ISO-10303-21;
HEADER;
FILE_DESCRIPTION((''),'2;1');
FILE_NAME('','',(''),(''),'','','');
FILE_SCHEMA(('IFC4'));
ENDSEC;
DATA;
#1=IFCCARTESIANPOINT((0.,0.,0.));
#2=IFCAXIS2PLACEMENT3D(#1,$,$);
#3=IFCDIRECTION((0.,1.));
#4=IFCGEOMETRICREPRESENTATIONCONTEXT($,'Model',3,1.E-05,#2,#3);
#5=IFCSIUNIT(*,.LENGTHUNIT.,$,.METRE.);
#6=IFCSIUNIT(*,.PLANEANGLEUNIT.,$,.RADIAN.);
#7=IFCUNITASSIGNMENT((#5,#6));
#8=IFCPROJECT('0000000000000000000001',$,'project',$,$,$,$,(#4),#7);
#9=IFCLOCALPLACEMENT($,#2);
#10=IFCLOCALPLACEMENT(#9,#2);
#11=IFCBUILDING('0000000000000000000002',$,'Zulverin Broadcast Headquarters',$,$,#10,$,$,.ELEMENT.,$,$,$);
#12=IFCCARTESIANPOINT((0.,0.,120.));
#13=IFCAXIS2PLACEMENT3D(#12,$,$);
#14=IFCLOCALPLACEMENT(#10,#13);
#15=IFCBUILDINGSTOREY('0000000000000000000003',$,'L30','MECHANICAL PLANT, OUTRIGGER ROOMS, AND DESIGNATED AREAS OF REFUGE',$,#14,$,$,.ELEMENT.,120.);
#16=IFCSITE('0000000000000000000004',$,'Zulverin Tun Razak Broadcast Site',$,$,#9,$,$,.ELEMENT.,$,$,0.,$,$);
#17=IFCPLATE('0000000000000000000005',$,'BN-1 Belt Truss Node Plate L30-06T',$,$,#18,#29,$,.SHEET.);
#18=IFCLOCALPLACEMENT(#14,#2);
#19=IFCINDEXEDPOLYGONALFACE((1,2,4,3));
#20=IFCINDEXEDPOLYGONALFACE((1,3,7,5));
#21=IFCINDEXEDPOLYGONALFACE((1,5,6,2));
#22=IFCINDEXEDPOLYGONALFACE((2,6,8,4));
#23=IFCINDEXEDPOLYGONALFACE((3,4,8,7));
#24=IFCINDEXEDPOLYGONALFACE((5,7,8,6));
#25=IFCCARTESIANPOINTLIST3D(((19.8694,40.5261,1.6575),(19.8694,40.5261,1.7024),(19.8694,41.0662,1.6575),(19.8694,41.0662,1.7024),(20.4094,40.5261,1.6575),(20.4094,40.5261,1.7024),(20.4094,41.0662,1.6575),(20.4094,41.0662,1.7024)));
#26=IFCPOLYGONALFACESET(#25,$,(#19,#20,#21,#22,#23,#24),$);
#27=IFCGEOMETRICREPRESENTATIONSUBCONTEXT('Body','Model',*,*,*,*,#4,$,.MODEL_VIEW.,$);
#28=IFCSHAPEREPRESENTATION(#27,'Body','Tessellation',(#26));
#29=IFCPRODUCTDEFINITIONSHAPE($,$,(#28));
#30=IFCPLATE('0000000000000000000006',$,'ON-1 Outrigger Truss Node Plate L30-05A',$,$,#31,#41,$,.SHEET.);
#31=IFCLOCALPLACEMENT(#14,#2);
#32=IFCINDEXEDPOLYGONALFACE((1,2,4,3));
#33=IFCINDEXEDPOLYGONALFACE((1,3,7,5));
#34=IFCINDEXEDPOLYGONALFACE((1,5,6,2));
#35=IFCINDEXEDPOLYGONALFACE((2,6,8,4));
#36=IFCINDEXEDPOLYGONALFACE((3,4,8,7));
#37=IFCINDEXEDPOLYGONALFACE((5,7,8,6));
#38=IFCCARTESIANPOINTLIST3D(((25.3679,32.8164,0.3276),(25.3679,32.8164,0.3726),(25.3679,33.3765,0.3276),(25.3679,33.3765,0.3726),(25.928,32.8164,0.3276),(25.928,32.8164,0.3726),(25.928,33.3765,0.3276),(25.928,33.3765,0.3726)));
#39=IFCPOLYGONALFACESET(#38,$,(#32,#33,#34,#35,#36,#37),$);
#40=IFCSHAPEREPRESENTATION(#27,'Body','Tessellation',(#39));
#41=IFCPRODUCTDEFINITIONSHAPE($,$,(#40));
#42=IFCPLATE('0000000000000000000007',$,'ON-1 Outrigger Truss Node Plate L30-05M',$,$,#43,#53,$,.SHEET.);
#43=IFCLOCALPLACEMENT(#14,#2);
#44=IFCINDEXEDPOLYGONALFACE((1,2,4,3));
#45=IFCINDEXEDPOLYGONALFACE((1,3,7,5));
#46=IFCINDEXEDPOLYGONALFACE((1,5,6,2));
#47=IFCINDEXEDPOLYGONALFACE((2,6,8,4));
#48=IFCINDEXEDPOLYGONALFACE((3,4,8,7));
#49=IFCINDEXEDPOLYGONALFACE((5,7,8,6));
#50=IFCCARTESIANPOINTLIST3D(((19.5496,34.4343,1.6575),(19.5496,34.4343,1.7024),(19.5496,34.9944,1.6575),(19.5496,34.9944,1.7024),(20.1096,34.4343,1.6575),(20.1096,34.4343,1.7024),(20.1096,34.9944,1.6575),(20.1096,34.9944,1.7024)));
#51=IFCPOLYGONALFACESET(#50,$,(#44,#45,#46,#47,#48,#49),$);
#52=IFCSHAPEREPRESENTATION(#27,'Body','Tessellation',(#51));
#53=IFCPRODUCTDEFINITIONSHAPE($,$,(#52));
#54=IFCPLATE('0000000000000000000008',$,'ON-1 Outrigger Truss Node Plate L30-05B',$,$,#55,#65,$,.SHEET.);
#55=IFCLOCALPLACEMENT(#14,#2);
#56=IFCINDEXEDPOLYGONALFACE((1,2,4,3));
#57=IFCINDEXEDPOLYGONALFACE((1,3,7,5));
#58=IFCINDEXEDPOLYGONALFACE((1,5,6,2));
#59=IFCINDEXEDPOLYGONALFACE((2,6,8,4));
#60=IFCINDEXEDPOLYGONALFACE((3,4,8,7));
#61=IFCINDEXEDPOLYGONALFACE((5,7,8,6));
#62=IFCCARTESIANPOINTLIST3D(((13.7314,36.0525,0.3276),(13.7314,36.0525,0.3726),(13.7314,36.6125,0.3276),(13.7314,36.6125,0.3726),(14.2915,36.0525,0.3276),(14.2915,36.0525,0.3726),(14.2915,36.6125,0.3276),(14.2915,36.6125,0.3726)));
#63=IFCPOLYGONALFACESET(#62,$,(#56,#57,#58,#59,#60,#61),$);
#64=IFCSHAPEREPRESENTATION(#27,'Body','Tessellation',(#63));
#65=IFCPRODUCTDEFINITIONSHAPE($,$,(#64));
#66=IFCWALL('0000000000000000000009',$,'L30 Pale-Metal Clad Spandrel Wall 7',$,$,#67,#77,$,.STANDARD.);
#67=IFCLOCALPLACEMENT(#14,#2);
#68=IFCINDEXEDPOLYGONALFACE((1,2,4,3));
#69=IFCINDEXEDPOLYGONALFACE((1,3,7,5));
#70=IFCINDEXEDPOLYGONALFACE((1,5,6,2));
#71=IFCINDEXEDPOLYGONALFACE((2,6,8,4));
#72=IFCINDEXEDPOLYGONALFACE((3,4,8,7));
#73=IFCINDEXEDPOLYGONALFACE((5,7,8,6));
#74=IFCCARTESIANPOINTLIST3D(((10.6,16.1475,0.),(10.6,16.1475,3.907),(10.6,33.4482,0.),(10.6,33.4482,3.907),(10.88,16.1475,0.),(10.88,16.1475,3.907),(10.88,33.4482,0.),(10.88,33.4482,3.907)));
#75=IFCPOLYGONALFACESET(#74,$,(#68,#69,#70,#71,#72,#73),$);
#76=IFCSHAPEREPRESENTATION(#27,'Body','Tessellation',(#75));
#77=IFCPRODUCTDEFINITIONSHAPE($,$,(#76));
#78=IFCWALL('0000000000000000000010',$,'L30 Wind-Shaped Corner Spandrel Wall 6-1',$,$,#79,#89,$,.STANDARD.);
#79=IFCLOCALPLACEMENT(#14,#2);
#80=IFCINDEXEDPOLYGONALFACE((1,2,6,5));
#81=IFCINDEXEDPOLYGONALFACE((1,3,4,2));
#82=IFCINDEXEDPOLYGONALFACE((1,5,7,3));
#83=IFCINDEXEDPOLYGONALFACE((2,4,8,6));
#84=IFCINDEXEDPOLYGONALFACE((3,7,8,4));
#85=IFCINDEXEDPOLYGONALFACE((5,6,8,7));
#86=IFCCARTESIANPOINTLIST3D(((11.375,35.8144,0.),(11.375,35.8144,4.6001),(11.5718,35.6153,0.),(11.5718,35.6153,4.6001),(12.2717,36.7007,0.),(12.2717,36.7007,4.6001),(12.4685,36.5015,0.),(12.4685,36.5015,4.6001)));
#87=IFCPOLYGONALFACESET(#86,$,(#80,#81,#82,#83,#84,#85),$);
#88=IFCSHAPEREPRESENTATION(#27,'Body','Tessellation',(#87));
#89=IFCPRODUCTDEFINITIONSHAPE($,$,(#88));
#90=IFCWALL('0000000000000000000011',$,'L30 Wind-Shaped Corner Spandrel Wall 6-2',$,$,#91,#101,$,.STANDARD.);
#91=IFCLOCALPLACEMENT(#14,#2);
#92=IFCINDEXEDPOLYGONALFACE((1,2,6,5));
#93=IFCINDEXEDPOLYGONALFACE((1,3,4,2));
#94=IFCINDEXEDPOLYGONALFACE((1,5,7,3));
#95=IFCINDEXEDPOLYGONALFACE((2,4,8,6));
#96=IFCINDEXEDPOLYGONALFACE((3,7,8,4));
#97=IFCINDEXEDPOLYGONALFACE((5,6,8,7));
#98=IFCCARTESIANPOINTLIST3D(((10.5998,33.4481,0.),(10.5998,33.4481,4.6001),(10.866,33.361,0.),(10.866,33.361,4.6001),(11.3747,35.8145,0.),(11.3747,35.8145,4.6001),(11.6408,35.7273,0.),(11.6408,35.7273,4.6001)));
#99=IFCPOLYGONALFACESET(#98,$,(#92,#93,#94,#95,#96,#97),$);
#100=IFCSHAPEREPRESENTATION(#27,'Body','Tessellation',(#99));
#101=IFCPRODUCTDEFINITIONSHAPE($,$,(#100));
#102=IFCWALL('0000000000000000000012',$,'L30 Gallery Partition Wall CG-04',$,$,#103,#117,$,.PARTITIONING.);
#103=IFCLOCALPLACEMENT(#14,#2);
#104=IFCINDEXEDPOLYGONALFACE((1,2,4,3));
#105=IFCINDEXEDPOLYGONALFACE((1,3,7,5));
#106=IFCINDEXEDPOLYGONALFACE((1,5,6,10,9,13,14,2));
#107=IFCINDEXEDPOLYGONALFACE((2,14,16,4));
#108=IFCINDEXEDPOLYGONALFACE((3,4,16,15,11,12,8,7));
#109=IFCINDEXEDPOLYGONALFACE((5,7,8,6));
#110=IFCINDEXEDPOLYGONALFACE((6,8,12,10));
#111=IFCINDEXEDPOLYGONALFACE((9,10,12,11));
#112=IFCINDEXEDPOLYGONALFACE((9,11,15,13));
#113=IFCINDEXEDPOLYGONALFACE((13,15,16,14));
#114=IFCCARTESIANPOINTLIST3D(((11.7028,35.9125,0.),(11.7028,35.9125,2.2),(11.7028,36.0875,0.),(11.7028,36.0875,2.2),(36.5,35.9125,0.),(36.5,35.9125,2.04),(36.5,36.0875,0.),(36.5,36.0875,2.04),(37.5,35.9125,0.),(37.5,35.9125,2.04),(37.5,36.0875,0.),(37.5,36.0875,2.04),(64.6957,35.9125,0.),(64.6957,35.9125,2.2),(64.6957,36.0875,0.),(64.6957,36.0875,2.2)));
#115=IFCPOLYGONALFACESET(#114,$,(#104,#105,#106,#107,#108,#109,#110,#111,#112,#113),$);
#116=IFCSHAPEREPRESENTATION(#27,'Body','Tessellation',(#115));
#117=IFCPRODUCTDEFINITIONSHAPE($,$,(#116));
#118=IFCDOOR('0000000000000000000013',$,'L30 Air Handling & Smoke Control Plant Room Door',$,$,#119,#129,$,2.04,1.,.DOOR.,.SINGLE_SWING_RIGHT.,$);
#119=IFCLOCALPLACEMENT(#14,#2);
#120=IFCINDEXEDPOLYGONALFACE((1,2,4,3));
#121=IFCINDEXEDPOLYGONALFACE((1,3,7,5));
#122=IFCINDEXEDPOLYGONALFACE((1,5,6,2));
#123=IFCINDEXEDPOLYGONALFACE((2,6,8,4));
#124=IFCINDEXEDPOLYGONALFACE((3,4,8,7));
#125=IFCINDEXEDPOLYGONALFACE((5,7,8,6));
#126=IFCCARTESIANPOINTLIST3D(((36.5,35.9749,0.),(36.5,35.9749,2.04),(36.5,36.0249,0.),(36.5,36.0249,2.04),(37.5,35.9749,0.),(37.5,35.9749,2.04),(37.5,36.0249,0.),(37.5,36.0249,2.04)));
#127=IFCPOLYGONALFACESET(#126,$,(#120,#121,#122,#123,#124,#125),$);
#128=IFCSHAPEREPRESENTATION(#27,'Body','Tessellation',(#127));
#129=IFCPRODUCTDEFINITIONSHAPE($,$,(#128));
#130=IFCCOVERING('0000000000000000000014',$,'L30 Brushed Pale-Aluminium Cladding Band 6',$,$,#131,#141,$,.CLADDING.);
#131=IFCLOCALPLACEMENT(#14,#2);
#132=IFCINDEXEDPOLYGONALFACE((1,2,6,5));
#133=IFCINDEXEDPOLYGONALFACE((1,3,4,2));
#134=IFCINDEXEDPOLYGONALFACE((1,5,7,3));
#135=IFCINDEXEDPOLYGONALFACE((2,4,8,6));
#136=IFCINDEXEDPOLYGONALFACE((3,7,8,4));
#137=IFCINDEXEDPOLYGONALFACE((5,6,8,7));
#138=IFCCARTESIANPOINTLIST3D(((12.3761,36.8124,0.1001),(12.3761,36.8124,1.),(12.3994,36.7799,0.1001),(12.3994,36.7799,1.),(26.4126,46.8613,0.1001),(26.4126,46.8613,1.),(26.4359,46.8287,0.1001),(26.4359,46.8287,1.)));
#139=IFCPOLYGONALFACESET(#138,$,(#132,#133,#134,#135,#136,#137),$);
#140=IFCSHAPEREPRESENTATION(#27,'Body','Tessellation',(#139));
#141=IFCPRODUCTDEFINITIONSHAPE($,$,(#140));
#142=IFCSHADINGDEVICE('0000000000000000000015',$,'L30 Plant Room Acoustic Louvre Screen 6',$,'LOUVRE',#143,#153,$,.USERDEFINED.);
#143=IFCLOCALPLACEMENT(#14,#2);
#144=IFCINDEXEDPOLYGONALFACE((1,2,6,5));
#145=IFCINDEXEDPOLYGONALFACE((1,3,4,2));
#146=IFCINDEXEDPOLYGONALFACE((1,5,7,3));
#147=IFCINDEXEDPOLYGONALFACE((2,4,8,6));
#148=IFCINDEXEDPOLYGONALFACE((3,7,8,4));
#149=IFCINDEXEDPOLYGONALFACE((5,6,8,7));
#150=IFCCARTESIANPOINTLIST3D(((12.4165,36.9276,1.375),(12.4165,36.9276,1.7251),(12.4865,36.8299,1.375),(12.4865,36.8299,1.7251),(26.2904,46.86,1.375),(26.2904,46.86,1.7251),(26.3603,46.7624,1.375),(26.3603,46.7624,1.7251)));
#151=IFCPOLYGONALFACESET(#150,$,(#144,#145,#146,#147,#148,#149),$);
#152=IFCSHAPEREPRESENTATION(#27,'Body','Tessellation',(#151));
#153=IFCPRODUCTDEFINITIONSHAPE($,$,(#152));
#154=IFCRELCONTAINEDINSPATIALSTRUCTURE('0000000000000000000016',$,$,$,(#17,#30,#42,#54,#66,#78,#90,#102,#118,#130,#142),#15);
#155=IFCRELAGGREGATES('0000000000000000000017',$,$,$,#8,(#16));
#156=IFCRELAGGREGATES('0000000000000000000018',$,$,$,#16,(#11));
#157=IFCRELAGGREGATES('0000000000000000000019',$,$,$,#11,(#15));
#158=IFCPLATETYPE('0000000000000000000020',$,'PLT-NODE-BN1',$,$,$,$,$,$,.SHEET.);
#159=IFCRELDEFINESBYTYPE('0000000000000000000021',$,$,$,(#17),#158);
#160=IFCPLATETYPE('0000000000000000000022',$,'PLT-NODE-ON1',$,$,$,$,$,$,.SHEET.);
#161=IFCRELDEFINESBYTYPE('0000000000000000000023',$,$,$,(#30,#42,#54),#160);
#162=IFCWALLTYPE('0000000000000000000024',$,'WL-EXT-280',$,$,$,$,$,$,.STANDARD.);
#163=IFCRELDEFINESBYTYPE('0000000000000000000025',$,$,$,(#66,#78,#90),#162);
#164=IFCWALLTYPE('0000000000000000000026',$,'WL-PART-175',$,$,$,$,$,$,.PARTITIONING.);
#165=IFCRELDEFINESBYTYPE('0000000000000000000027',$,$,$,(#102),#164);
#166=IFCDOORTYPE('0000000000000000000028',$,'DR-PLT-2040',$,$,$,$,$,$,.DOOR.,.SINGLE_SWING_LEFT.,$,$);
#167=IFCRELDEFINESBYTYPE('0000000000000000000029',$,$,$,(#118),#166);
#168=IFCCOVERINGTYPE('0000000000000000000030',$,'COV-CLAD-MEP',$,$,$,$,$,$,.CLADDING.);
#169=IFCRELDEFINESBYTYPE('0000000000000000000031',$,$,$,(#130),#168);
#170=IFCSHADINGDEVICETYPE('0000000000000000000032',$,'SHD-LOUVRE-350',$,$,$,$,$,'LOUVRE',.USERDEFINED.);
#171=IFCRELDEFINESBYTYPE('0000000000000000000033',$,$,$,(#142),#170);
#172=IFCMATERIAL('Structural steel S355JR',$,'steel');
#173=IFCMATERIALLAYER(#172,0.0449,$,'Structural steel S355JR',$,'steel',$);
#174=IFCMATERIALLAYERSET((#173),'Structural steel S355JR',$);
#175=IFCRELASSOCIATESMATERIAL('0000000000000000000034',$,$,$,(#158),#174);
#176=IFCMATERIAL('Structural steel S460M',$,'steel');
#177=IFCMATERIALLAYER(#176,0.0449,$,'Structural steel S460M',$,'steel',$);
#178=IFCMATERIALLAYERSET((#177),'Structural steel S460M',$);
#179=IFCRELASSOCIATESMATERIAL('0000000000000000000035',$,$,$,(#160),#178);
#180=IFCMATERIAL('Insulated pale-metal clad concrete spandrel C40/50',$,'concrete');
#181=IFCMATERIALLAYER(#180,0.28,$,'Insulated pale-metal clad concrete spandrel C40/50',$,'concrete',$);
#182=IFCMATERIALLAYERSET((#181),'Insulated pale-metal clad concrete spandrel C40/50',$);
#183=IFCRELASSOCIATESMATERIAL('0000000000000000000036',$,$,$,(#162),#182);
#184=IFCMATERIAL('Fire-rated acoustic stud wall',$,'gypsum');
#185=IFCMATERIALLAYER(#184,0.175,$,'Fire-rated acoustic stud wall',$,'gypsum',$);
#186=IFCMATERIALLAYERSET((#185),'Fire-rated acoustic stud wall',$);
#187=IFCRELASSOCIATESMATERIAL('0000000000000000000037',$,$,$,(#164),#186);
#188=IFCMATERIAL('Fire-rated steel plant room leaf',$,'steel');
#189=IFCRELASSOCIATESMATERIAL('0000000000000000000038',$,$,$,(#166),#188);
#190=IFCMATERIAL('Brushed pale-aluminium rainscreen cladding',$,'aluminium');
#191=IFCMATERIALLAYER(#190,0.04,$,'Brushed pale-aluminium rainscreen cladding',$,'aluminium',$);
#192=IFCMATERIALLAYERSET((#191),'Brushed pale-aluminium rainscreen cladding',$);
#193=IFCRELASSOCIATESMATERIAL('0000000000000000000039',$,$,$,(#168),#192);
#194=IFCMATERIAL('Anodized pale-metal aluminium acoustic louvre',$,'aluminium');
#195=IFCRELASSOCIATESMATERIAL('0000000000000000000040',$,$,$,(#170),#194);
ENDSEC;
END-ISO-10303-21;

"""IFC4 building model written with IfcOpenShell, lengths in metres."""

from ifc_helpers import new_model, si_unit, direction, frame, frame_2d, origin, origin_2d, place, context, subcontext, project, spatial, rectangle, extrude, material, layer, layer_set, type_object, element, fill, save


model = new_model("IFC4")

# Units and contexts
model_context = context("Model", 3, precision=1e-05, world=origin(), true_north=direction((0.0, 1.0)))
body_context = subcontext(model_context, "Body", "Model", "MODEL_VIEW")
ifc_project = project(units=[si_unit("LENGTHUNIT", "METRE"), si_unit("PLANEANGLEUNIT", "RADIAN")], contexts=[model_context])

# Site, building, storey
site_placement = place(None, origin())
site = spatial("IfcSite", under=ifc_project, at=site_placement, Name="Zulverin Tun Razak Broadcast Site", CompositionType="ELEMENT", RefElevation=0.0)
building_placement = place(site_placement, origin())
building = spatial("IfcBuilding", under=site, at=building_placement, Name="Zulverin Broadcast Headquarters", CompositionType="ELEMENT")
storey_placement = place(building_placement, frame((0.0, 0.0, 120.0)))
storey = spatial("IfcBuildingStorey", under=building, at=storey_placement, Name="L30", Description="MECHANICAL PLANT, OUTRIGGER ROOMS, AND DESIGNATED AREAS OF REFUGE", CompositionType="ELEMENT", Elevation=120.0)

# Shared definitions
ifc_material_1 = material(Name="Structural steel S355JR", Category="steel")
ifc_material_2 = material(Name="Structural steel S460M", Category="steel")

# Plates
ifc_layer_1 = layer(ifc_material_1, 0.0449, Name="Structural steel S355JR", Category="steel")
ifc_layer_set_1 = layer_set([ifc_layer_1], Name="Structural steel S355JR")
plate_type_1 = type_object("IfcPlateType", Name="PLT-NODE-BN1", PredefinedType="SHEET", material=ifc_layer_set_1)
for number, where, z_axis, x_axis, name in (
    (1, (20.1394, 40.7961, 1.6575), (0.0, 0.0, 1.0), (1.0, 0.0, 0.0), "BN-1 Belt Truss Node Plate L30-06T"),
):
    element("IfcPlate", number, at=place(storey_placement, frame(where, z_axis=z_axis, x_axis=x_axis)), inside=storey, type_object=plate_type_1, Name=name, PredefinedType="SHEET", context=body_context, shape_type="SweptSolid", body=[
        extrude(rectangle(XDim=0.54, YDim=0.54, at=origin_2d()), origin(), (0.0, 0.0, 1.0), 0.0449),
    ])
ifc_layer_2 = layer(ifc_material_2, 0.0449, Name="Structural steel S460M", Category="steel")
ifc_layer_set_2 = layer_set([ifc_layer_2], Name="Structural steel S460M")
plate_type_2 = type_object("IfcPlateType", Name="PLT-NODE-ON1", PredefinedType="SHEET", material=ifc_layer_set_2)
for number, where, z_axis, x_axis, name in (
    (2, (25.6479, 33.0964, 0.3276), (0.0, 0.0, 1.0), (1.0, 0.0, 0.0), "ON-1 Outrigger Truss Node Plate L30-05A"),
    (3, (19.8296, 34.7144, 1.6575), (0.0, 0.0, 1.0), (1.0, 0.0, 0.0), "ON-1 Outrigger Truss Node Plate L30-05M"),
    (4, (14.0115, 36.3325, 0.3276), (0.0, 0.0, 1.0), (1.0, 0.0, 0.0), "ON-1 Outrigger Truss Node Plate L30-05B"),
):
    element("IfcPlate", number, at=place(storey_placement, frame(where, z_axis=z_axis, x_axis=x_axis)), inside=storey, type_object=plate_type_2, Name=name, PredefinedType="SHEET", context=body_context, shape_type="SweptSolid", body=[
        extrude(rectangle(XDim=0.5601, YDim=0.5601, at=origin_2d()), origin(), (0.0, 0.0, 1.0), 0.0449),
    ])

# Walls
ifc_material_3 = material(Name="Insulated pale-metal clad concrete spandrel C40/50", Category="concrete")
ifc_layer_3 = layer(ifc_material_3, 0.28, Name="Insulated pale-metal clad concrete spandrel C40/50", Category="concrete")
ifc_layer_set_3 = layer_set([ifc_layer_3], Name="Insulated pale-metal clad concrete spandrel C40/50")
wall_type_1 = type_object("IfcWallType", Name="WL-EXT-280", PredefinedType="STANDARD", material=ifc_layer_set_3)
wall_1_placement = place(storey_placement, frame((10.74, 33.4482, 0.0), z_axis=(0.0, 0.0, 1.0), x_axis=(0.0, -1.0, 0.0)))
element("IfcWall", 5, at=wall_1_placement, inside=storey, type_object=wall_type_1, Name="L30 Pale-Metal Clad Spandrel Wall 7", PredefinedType="STANDARD", context=body_context, shape_type="SweptSolid", body=[
    extrude(rectangle(XDim=17.3008, YDim=0.28, at=frame_2d((8.6504, 0.0))), origin(), (0.0, 0.0, 1.0), 3.907),
])
wall_2_placement = place(storey_placement, frame((12.3701, 36.6011, 0.0), z_axis=(0.0, 0.0, 1.0), x_axis=(-0.711258, -0.702931, 0.0)))
element("IfcWall", 6, at=wall_2_placement, inside=storey, type_object=wall_type_1, Name="L30 Wind-Shaped Corner Spandrel Wall 6-1", PredefinedType="STANDARD", context=body_context, shape_type="SweptSolid", body=[
    extrude(rectangle(XDim=1.2607, YDim=0.28, at=frame_2d((0.6304, 0.0))), origin(), (0.0, 0.0, 1.0), 4.6001),
])
wall_3_placement = place(storey_placement, frame((11.5078, 35.771, 0.0), z_axis=(0.0, 0.0, 1.0), x_axis=(-0.311194, -0.950347, 0.0)))
element("IfcWall", 7, at=wall_3_placement, inside=storey, type_object=wall_type_1, Name="L30 Wind-Shaped Corner Spandrel Wall 6-2", PredefinedType="STANDARD", context=body_context, shape_type="SweptSolid", body=[
    extrude(rectangle(XDim=2.49, YDim=0.28, at=frame_2d((1.2451, 0.0))), origin(), (0.0, 0.0, 1.0), 4.6001),
])

# Wall, opening, door
ifc_material_4 = material(Name="Fire-rated acoustic stud wall", Category="gypsum")
ifc_layer_4 = layer(ifc_material_4, 0.175, Name="Fire-rated acoustic stud wall", Category="gypsum")
ifc_layer_set_4 = layer_set([ifc_layer_4], Name="Fire-rated acoustic stud wall")
wall_type_2 = type_object("IfcWallType", Name="WL-PART-175", PredefinedType="PARTITIONING", material=ifc_layer_set_4)
wall_4_placement = place(storey_placement, frame((11.7026, 36.0, 0.0), z_axis=(0.0, 0.0, 1.0), x_axis=(1.0, 0.0, 0.0)))
wall_4 = element("IfcWall", 8, at=wall_4_placement, inside=storey, type_object=wall_type_2, Name="L30 Gallery Partition Wall CG-04", PredefinedType="PARTITIONING", context=body_context, shape_type="SweptSolid", body=[
    extrude(rectangle(XDim=52.9929, YDim=0.175, at=frame_2d((26.4966, 0.0))), origin(), (0.0, 0.0, 1.0), 2.2),
])
opening_placement = place(wall_4_placement, frame((24.7974, 0.0, 0.0)))
opening = element("IfcOpeningElement", 9, at=opening_placement, cuts=wall_4, PredefinedType="OPENING", context=body_context, shape_type="SweptSolid", body=[
    extrude(rectangle(XDim=1.0, YDim=2.04, at=frame_2d((0.5, 1.02))), frame((0.0, 0.0974, 0.0), z_axis=(0.0, -1.0, 0.0), x_axis=(1.0, 0.0, 0.0)), (0.0, 0.0, 1.0), 0.1951),
])
ifc_material_5 = material(Name="Fire-rated steel plant room leaf", Category="steel")
door_type = type_object("IfcDoorType", Name="DR-PLT-2040", OperationType="SINGLE_SWING_LEFT", PredefinedType="DOOR", material=ifc_material_5)
door_placement = place(opening_placement, origin())
door = element("IfcDoor", 10, at=door_placement, inside=storey, type_object=door_type, Name="L30 Air Handling & Smoke Control Plant Room Door", OperationType="SINGLE_SWING_RIGHT", OverallHeight=2.04, OverallWidth=1.0, PredefinedType="DOOR", context=body_context, shape_type="SweptSolid", body=[
    extrude(rectangle(XDim=1.0, YDim=2.04, at=frame_2d((0.5, 1.02))), frame((0.0, 0.0249, 0.0), z_axis=(0.0, -1.0, 0.0), x_axis=(1.0, 0.0, 0.0)), (0.0, 0.0, 1.0), 0.05),
])
fill(opening, door)

# Covering
ifc_material_6 = material(Name="Brushed pale-aluminium rainscreen cladding", Category="aluminium")
ifc_layer_5 = layer(ifc_material_6, 0.04, Name="Brushed pale-aluminium rainscreen cladding", Category="aluminium")
ifc_layer_set_5 = layer_set([ifc_layer_5], Name="Brushed pale-aluminium rainscreen cladding")
covering_type = type_object("IfcCoveringType", Name="COV-CLAD-MEP", PredefinedType="CLADDING", material=ifc_layer_set_5)
covering_placement = place(storey_placement, frame((19.406, 41.8206, 0.1001), z_axis=(0.0, 0.0, 1.0), x_axis=(-0.813108, -0.582113, 0.0)))
element("IfcCovering", 11, at=covering_placement, inside=storey, type_object=covering_type, Name="L30 Brushed Pale-Aluminium Cladding Band 6", PredefinedType="CLADDING", context=body_context, shape_type="SweptSolid", body=[
    extrude(rectangle(XDim=17.2627, YDim=0.04, at=origin_2d()), origin(), (0.0, 0.0, 1.0), 0.8999),
])

# Shading device
ifc_material_7 = material(Name="Anodized pale-metal aluminium acoustic louvre", Category="aluminium")
shading_device_type = type_object("IfcShadingDeviceType", Name="SHD-LOUVRE-350", ElementType="LOUVRE", PredefinedType="USERDEFINED", material=ifc_material_7)
shading_device_placement = place(storey_placement, frame((19.3884, 41.845, 1.375), z_axis=(0.0, 0.0, 1.0), x_axis=(-0.813108, -0.582113, 0.0)))
element("IfcShadingDevice", 12, at=shading_device_placement, inside=storey, type_object=shading_device_type, Name="L30 Plant Room Acoustic Louvre Screen 6", ObjectType="LOUVRE", PredefinedType="USERDEFINED", context=body_context, shape_type="SweptSolid", body=[
    extrude(rectangle(XDim=17.0627, YDim=0.1201, at=origin_2d()), origin(), (0.0, 0.0, 1.0), 0.3501),
])

save(model, "model.ifc")
